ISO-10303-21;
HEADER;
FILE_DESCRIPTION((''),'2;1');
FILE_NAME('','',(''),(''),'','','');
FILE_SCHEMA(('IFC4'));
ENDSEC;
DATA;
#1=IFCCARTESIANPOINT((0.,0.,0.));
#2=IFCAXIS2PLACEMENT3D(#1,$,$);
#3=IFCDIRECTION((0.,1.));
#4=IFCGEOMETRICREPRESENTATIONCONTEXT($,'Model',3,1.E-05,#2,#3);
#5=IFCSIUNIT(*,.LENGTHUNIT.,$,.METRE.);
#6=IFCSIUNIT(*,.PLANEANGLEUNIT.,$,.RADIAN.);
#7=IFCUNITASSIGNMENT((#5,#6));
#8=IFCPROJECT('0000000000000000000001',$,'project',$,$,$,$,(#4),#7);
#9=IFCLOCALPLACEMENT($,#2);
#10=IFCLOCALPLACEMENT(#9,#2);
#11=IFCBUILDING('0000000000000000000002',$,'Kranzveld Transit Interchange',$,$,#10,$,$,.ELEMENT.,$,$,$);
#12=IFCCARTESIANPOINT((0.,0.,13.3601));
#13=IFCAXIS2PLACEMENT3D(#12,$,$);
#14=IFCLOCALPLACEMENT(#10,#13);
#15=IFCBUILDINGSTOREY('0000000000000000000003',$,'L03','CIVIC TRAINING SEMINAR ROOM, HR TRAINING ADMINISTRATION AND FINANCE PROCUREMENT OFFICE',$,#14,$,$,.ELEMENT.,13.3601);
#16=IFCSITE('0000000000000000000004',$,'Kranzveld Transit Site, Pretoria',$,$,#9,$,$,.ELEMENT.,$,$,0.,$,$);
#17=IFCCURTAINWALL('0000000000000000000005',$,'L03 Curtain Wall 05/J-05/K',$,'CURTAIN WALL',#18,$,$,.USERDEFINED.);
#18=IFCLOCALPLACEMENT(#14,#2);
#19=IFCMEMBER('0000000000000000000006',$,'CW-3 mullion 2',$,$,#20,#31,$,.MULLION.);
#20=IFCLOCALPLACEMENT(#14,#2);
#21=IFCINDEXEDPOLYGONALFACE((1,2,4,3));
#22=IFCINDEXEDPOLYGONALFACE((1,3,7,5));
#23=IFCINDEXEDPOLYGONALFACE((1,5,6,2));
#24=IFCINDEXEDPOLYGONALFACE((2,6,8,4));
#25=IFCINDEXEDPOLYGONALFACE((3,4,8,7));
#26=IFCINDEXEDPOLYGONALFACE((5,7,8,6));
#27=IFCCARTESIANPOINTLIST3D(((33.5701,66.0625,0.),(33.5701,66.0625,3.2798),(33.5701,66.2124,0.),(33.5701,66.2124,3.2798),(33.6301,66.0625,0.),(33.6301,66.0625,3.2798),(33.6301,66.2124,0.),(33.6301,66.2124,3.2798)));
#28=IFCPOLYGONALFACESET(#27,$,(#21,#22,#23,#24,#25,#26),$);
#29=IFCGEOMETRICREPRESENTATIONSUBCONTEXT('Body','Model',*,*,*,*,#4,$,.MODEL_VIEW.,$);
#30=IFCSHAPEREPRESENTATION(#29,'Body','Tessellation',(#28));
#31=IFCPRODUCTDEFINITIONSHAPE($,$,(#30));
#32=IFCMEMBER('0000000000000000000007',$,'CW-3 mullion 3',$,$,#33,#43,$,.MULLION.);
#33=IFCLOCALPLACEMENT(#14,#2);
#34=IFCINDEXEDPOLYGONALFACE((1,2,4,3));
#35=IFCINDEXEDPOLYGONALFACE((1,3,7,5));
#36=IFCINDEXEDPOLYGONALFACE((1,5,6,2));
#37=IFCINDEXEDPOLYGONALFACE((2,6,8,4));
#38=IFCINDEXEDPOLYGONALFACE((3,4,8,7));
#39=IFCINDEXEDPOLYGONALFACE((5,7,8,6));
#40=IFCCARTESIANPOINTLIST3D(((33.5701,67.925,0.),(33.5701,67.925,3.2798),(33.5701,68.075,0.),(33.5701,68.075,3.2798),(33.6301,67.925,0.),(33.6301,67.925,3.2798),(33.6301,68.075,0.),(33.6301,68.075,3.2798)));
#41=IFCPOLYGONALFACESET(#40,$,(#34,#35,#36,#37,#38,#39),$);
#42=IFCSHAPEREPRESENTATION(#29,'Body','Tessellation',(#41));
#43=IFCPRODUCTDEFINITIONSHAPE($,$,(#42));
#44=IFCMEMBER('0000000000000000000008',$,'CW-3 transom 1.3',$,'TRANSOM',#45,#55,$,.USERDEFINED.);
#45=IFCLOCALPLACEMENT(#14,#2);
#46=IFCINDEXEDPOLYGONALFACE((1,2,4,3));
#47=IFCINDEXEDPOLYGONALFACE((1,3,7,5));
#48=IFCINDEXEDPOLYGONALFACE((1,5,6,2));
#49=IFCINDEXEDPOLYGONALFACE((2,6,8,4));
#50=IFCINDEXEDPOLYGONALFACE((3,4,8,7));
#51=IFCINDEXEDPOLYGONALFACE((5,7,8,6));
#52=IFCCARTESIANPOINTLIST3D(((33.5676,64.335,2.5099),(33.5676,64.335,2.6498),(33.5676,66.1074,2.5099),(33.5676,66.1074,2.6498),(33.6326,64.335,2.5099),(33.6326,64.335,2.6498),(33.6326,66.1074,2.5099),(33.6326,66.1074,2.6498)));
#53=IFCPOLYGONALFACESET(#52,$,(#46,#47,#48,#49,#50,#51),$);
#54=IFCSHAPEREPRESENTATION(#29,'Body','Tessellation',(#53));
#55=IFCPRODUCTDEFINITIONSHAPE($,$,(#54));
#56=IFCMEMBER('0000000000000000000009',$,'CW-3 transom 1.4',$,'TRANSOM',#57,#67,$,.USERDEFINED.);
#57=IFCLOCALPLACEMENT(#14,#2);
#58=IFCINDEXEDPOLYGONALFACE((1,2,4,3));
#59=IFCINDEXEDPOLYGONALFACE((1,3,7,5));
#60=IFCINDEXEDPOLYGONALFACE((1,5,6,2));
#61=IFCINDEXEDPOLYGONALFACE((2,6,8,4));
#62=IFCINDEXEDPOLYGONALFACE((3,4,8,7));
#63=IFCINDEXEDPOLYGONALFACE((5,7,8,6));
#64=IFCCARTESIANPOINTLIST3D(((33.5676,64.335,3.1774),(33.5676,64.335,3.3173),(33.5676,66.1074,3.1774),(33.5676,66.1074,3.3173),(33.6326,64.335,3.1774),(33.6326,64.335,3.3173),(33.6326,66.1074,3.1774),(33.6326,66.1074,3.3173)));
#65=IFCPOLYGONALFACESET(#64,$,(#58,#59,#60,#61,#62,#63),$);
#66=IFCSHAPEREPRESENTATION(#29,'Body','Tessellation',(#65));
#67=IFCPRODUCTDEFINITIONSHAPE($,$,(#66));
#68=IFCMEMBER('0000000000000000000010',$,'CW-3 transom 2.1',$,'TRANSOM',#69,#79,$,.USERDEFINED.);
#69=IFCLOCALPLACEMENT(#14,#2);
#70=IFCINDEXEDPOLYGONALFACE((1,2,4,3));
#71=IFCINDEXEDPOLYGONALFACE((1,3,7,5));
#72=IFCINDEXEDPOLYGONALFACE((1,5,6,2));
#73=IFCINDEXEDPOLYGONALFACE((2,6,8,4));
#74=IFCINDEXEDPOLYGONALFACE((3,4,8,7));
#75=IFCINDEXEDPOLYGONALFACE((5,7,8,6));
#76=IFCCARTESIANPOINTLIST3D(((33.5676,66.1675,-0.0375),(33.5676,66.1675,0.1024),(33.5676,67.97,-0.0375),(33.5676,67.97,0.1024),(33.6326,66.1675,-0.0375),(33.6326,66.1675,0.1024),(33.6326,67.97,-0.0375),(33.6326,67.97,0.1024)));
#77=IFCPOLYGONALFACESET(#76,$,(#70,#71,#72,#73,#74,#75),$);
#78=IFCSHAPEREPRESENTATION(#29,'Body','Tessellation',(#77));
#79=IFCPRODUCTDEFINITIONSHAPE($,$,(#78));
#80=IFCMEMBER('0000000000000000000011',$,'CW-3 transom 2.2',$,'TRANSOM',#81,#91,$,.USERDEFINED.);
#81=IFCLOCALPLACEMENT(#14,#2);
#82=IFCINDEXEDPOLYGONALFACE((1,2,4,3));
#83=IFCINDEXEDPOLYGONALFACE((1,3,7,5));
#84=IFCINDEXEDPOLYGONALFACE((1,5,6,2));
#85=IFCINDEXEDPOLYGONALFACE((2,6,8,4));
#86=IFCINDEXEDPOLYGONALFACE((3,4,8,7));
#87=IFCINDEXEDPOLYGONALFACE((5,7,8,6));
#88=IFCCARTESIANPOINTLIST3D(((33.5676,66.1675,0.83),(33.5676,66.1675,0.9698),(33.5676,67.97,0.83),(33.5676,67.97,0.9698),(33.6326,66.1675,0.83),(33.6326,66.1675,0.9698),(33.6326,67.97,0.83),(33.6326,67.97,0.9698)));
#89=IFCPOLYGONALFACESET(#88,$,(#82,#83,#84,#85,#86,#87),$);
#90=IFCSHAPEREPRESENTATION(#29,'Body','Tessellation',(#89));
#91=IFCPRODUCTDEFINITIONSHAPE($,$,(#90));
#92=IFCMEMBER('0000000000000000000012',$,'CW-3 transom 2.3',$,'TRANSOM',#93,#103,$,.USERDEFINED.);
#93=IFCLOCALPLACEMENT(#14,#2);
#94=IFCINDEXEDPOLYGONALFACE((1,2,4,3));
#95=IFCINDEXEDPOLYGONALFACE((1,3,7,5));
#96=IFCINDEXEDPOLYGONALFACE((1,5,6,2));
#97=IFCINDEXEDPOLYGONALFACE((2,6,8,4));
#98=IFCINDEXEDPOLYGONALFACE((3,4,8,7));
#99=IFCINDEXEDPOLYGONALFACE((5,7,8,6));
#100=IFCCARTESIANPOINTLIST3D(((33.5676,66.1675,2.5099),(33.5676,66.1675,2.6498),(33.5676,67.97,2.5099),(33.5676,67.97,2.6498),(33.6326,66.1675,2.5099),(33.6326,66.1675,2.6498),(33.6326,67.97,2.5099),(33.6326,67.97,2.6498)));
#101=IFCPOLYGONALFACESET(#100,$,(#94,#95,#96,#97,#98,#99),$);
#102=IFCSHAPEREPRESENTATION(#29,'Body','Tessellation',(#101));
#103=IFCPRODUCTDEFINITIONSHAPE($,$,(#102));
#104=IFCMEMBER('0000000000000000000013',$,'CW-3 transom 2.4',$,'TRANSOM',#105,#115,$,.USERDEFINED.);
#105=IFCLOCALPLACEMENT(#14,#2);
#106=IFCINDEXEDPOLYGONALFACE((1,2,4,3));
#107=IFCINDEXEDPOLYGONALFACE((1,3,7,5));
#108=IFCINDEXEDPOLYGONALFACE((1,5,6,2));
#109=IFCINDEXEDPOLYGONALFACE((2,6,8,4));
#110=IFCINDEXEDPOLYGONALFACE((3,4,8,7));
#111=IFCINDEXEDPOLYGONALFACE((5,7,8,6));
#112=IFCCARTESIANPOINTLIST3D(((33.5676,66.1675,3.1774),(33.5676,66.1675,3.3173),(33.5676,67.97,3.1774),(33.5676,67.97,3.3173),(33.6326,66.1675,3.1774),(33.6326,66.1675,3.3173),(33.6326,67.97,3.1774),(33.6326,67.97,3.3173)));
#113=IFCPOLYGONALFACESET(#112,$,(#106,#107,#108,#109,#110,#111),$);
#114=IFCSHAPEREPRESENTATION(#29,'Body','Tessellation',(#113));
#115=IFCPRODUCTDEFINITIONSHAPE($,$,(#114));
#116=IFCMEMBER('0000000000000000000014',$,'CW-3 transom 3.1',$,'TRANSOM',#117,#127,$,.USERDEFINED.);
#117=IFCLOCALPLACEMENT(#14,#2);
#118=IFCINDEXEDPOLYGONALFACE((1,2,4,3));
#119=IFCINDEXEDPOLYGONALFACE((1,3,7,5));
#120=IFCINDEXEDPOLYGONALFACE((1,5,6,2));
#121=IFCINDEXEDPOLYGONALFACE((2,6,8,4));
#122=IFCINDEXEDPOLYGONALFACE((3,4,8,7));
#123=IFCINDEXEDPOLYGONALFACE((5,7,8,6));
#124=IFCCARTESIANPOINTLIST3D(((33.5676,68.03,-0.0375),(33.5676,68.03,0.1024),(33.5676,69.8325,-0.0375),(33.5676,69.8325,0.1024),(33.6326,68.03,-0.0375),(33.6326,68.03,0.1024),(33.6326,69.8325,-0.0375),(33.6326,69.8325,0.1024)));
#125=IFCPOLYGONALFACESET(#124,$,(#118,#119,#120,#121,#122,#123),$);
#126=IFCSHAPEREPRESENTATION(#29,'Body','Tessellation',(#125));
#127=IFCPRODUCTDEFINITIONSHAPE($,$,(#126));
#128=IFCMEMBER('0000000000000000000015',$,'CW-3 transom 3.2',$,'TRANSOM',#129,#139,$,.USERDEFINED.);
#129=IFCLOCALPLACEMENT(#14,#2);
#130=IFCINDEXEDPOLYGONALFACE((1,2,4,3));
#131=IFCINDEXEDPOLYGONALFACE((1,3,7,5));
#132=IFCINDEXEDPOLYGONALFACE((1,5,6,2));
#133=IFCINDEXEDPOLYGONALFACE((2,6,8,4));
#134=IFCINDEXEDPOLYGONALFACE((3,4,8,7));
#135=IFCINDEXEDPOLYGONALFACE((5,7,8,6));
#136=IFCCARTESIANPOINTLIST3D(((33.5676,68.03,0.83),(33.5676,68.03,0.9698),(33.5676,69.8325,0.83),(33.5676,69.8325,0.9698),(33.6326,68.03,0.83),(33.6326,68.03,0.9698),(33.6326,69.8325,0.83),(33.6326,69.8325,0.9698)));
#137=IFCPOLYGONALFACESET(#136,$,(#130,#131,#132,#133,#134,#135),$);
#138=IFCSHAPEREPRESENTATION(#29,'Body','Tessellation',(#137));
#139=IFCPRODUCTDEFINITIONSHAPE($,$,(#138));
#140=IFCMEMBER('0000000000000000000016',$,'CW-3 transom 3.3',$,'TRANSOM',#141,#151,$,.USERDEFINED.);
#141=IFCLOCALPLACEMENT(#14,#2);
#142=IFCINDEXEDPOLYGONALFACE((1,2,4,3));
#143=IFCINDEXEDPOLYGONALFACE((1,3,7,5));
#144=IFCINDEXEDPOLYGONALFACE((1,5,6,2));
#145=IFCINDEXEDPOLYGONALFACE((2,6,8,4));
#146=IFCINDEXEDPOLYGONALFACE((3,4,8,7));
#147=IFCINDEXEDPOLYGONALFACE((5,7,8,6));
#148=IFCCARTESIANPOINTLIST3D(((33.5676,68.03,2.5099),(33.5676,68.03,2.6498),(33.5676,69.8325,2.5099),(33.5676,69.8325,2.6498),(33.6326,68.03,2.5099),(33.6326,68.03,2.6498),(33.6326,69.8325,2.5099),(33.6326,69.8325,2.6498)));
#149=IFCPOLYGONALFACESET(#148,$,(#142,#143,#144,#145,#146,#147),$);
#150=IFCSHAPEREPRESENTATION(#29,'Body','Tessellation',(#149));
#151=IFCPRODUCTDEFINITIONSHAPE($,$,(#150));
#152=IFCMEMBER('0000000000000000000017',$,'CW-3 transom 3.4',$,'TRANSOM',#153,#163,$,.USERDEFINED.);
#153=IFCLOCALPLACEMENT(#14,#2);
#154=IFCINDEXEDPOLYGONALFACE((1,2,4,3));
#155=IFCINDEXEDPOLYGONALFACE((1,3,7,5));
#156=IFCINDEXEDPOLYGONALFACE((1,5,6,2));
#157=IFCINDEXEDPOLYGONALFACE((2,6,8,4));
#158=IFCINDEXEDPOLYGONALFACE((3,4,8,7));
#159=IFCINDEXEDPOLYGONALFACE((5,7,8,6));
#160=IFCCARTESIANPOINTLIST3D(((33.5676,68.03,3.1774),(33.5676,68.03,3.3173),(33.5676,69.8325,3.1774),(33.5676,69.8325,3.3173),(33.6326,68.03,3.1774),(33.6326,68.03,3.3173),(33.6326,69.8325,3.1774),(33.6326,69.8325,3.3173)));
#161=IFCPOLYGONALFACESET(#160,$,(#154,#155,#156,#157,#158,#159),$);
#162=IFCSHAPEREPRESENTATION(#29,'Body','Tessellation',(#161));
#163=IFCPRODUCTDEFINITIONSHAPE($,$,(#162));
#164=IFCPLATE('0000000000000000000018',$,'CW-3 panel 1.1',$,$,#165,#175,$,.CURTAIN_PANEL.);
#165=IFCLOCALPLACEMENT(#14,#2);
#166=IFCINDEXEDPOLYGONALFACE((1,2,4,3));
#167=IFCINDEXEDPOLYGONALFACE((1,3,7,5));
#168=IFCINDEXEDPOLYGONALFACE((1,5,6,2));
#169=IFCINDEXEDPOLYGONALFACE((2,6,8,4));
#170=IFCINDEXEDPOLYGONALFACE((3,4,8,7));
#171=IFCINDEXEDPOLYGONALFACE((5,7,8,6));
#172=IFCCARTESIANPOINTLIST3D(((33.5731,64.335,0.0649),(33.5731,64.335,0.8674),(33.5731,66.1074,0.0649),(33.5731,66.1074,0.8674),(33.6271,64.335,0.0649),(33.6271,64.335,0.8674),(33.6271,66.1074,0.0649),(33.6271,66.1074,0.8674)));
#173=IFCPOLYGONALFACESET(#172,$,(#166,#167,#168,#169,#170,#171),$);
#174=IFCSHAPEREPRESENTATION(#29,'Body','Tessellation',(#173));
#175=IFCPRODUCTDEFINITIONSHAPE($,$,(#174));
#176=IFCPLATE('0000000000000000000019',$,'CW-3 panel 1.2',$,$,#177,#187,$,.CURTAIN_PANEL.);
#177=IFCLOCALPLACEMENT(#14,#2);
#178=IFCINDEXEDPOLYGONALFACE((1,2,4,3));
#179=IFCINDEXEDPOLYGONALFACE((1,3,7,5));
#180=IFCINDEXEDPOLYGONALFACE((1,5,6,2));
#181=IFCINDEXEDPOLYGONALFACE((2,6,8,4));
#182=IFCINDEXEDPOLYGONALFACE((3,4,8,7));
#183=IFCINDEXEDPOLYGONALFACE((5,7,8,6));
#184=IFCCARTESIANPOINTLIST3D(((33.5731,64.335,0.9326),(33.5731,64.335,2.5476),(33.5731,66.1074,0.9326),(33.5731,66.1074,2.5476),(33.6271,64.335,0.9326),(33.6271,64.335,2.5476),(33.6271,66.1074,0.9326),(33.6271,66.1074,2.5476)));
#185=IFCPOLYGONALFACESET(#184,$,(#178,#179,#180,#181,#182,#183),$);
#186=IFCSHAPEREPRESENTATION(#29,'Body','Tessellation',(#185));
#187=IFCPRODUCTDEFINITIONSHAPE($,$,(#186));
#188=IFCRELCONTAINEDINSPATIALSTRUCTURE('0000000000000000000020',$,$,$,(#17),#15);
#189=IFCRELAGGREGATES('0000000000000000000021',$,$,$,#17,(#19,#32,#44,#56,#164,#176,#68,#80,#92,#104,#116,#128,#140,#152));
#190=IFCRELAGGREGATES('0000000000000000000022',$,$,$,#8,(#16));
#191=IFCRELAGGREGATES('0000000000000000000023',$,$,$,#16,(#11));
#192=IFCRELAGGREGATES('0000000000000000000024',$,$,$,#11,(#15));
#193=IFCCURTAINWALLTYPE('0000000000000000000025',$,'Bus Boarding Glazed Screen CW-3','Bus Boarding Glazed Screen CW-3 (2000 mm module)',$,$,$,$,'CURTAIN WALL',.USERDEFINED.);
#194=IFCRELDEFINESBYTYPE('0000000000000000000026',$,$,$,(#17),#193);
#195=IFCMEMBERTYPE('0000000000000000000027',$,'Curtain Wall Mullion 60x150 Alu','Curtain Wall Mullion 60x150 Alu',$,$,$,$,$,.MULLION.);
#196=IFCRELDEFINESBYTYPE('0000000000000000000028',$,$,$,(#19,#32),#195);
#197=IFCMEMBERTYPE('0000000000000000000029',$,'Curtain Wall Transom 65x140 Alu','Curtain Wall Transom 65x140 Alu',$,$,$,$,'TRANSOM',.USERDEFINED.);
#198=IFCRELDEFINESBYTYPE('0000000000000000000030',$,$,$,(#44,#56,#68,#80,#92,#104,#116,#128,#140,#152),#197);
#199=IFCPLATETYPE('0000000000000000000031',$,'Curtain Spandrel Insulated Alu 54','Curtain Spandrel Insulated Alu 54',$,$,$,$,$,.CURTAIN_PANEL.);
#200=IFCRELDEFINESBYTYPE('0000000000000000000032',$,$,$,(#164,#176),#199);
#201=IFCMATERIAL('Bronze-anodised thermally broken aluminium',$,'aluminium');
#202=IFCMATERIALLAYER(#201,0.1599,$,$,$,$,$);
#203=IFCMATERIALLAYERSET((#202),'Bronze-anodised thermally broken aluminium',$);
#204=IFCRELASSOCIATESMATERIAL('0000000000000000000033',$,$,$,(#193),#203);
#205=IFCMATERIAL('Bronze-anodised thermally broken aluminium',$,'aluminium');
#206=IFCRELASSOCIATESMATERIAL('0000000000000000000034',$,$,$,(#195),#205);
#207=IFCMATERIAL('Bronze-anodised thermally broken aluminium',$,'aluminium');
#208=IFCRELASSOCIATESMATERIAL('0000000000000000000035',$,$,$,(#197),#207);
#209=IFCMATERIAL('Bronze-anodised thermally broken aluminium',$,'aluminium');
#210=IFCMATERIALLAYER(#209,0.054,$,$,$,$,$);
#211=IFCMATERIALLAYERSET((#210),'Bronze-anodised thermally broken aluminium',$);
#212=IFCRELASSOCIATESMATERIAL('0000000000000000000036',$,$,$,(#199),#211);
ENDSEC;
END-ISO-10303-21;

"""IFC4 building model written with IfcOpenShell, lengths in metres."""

from ifc_helpers import new_model, si_unit, direction, frame, origin, origin_2d, place, context, subcontext, project, spatial, rectangle, extrude, material, layer, layer_set, material_profile, profile_set, type_object, element, aggregate, save


model = new_model("IFC4")

# Units and contexts
model_context = context("Model", 3, precision=1e-05, world=origin(), true_north=direction((0.0, 1.0)))
body_context = subcontext(model_context, "Body", "Model", "MODEL_VIEW")
ifc_project = project(units=[si_unit("LENGTHUNIT", "METRE"), si_unit("PLANEANGLEUNIT", "RADIAN")], contexts=[model_context])

# Site, building, storey
site_placement = place(None, origin())
site = spatial("IfcSite", under=ifc_project, at=site_placement, Name="Kranzveld Transit Site, Pretoria", CompositionType="ELEMENT", RefElevation=0.0)
building_placement = place(site_placement, origin())
building = spatial("IfcBuilding", under=site, at=building_placement, Name="Kranzveld Transit Interchange", CompositionType="ELEMENT")
storey_placement = place(building_placement, frame((0.0, 0.0, 13.3601)))
storey = spatial("IfcBuildingStorey", under=building, at=storey_placement, Name="L03", Description="CIVIC TRAINING SEMINAR ROOM, HR TRAINING ADMINISTRATION AND FINANCE PROCUREMENT OFFICE", CompositionType="ELEMENT", Elevation=13.3601)

# Curtain wall, members, plates
ifc_material_1 = material(Name="Bronze-anodised thermally broken aluminium", Category="aluminium")
ifc_layer_1 = layer(ifc_material_1, 0.1599)
ifc_layer_set_1 = layer_set([ifc_layer_1], Name="Bronze-anodised thermally broken aluminium")
curtain_wall_type = type_object("IfcCurtainWallType", Name="Bus Boarding Glazed Screen CW-3", Description="Bus Boarding Glazed Screen CW-3 (2000 mm module)", ElementType="CURTAIN WALL", PredefinedType="USERDEFINED", material=ifc_layer_set_1)
curtain_wall_placement = place(storey_placement, origin())
curtain_wall = element("IfcCurtainWall", 1, at=curtain_wall_placement, inside=storey, type_object=curtain_wall_type, Name="L03 Curtain Wall 05/J-05/K", ObjectType="CURTAIN WALL", PredefinedType="USERDEFINED")
ifc_material_2 = material(Name="Bronze-anodised thermally broken aluminium", Category="aluminium")
ifc_material_profile_1 = material_profile(ifc_material_2, rectangle(XDim=0.0601, YDim=0.1499, at=origin_2d()), Name="ALU MULLION 60x150")
ifc_profile_set_1 = profile_set([ifc_material_profile_1], Name="Bronze-anodised thermally broken aluminium")
member_type_1 = type_object("IfcMemberType", Name="Curtain Wall Mullion 60x150 Alu", Description="Curtain Wall Mullion 60x150 Alu", PredefinedType="MULLION", material=ifc_profile_set_1)
member_1_placement = place(storey_placement, frame((33.6001, 66.1375, 0.0), z_axis=(0.0, 0.0, 1.0), x_axis=(-1.0, 0.0, 0.0)))
member_1 = element("IfcMember", 2, at=member_1_placement, type_object=member_type_1, Name="CW-3 mullion 2", PredefinedType="MULLION", context=body_context, shape_type="SweptSolid", body=[
    extrude(rectangle(XDim=0.0601, YDim=0.1499, at=origin_2d()), origin(), (0.0, 0.0, 1.0), 3.2798),
])
member_2_placement = place(storey_placement, frame((33.6001, 68.0, 0.0), z_axis=(0.0, 0.0, 1.0), x_axis=(-1.0, 0.0, 0.0)))
member_2 = element("IfcMember", 3, at=member_2_placement, type_object=member_type_1, Name="CW-3 mullion 3", PredefinedType="MULLION", context=body_context, shape_type="SweptSolid", body=[
    extrude(rectangle(XDim=0.0601, YDim=0.1499, at=origin_2d()), origin(), (0.0, 0.0, 1.0), 3.2798),
])
ifc_material_3 = material(Name="Bronze-anodised thermally broken aluminium", Category="aluminium")
ifc_material_profile_2 = material_profile(ifc_material_3, rectangle(XDim=0.0649, YDim=0.1399, at=origin_2d()), Name="ALU TRANSOM 65x140")
ifc_profile_set_2 = profile_set([ifc_material_profile_2], Name="Bronze-anodised thermally broken aluminium")
member_type_2 = type_object("IfcMemberType", Name="Curtain Wall Transom 65x140 Alu", Description="Curtain Wall Transom 65x140 Alu", ElementType="TRANSOM", PredefinedType="USERDEFINED", material=ifc_profile_set_2)
member_3_placement = place(storey_placement, frame((33.6001, 64.335, 2.5798), z_axis=(0.0, 1.0, 0.0), x_axis=(-1.0, 0.0, 0.0)))
member_3 = element("IfcMember", 4, at=member_3_placement, type_object=member_type_2, Name="CW-3 transom 1.3", ObjectType="TRANSOM", PredefinedType="USERDEFINED", context=body_context, shape_type="SweptSolid", body=[
    extrude(rectangle(XDim=0.0649, YDim=0.1399, at=origin_2d()), origin(), (0.0, 0.0, 1.0), 1.7725),
])
member_4_placement = place(storey_placement, frame((33.6001, 64.335, 3.2473), z_axis=(0.0, 1.0, 0.0), x_axis=(-1.0, 0.0, 0.0)))
member_4 = element("IfcMember", 5, at=member_4_placement, type_object=member_type_2, Name="CW-3 transom 1.4", ObjectType="TRANSOM", PredefinedType="USERDEFINED", context=body_context, shape_type="SweptSolid", body=[
    extrude(rectangle(XDim=0.0649, YDim=0.1399, at=origin_2d()), origin(), (0.0, 0.0, 1.0), 1.7725),
])
member_5_placement = place(storey_placement, frame((33.6001, 66.1675, 0.0325), z_axis=(0.0, 1.0, 0.0), x_axis=(-1.0, 0.0, 0.0)))
member_5 = element("IfcMember", 6, at=member_5_placement, type_object=member_type_2, Name="CW-3 transom 2.1", ObjectType="TRANSOM", PredefinedType="USERDEFINED", context=body_context, shape_type="SweptSolid", body=[
    extrude(rectangle(XDim=0.0649, YDim=0.1399, at=origin_2d()), origin(), (0.0, 0.0, 1.0), 1.8025),
])
member_6_placement = place(storey_placement, frame((33.6001, 66.1675, 0.8999), z_axis=(0.0, 1.0, 0.0), x_axis=(-1.0, 0.0, 0.0)))
member_6 = element("IfcMember", 7, at=member_6_placement, type_object=member_type_2, Name="CW-3 transom 2.2", ObjectType="TRANSOM", PredefinedType="USERDEFINED", context=body_context, shape_type="SweptSolid", body=[
    extrude(rectangle(XDim=0.0649, YDim=0.1399, at=origin_2d()), origin(), (0.0, 0.0, 1.0), 1.8025),
])
member_7_placement = place(storey_placement, frame((33.6001, 66.1675, 2.5798), z_axis=(0.0, 1.0, 0.0), x_axis=(-1.0, 0.0, 0.0)))
member_7 = element("IfcMember", 8, at=member_7_placement, type_object=member_type_2, Name="CW-3 transom 2.3", ObjectType="TRANSOM", PredefinedType="USERDEFINED", context=body_context, shape_type="SweptSolid", body=[
    extrude(rectangle(XDim=0.0649, YDim=0.1399, at=origin_2d()), origin(), (0.0, 0.0, 1.0), 1.8025),
])
member_8_placement = place(storey_placement, frame((33.6001, 66.1675, 3.2473), z_axis=(0.0, 1.0, 0.0), x_axis=(-1.0, 0.0, 0.0)))
member_8 = element("IfcMember", 9, at=member_8_placement, type_object=member_type_2, Name="CW-3 transom 2.4", ObjectType="TRANSOM", PredefinedType="USERDEFINED", context=body_context, shape_type="SweptSolid", body=[
    extrude(rectangle(XDim=0.0649, YDim=0.1399, at=origin_2d()), origin(), (0.0, 0.0, 1.0), 1.8025),
])
member_9_placement = place(storey_placement, frame((33.6001, 68.03, 0.0325), z_axis=(0.0, 1.0, 0.0), x_axis=(-1.0, 0.0, 0.0)))
member_9 = element("IfcMember", 10, at=member_9_placement, type_object=member_type_2, Name="CW-3 transom 3.1", ObjectType="TRANSOM", PredefinedType="USERDEFINED", context=body_context, shape_type="SweptSolid", body=[
    extrude(rectangle(XDim=0.0649, YDim=0.1399, at=origin_2d()), origin(), (0.0, 0.0, 1.0), 1.8025),
])
member_10_placement = place(storey_placement, frame((33.6001, 68.03, 0.8999), z_axis=(0.0, 1.0, 0.0), x_axis=(-1.0, 0.0, 0.0)))
member_10 = element("IfcMember", 11, at=member_10_placement, type_object=member_type_2, Name="CW-3 transom 3.2", ObjectType="TRANSOM", PredefinedType="USERDEFINED", context=body_context, shape_type="SweptSolid", body=[
    extrude(rectangle(XDim=0.0649, YDim=0.1399, at=origin_2d()), origin(), (0.0, 0.0, 1.0), 1.8025),
])
member_11_placement = place(storey_placement, frame((33.6001, 68.03, 2.5798), z_axis=(0.0, 1.0, 0.0), x_axis=(-1.0, 0.0, 0.0)))
member_11 = element("IfcMember", 12, at=member_11_placement, type_object=member_type_2, Name="CW-3 transom 3.3", ObjectType="TRANSOM", PredefinedType="USERDEFINED", context=body_context, shape_type="SweptSolid", body=[
    extrude(rectangle(XDim=0.0649, YDim=0.1399, at=origin_2d()), origin(), (0.0, 0.0, 1.0), 1.8025),
])
member_12_placement = place(storey_placement, frame((33.6001, 68.03, 3.2473), z_axis=(0.0, 1.0, 0.0), x_axis=(-1.0, 0.0, 0.0)))
member_12 = element("IfcMember", 13, at=member_12_placement, type_object=member_type_2, Name="CW-3 transom 3.4", ObjectType="TRANSOM", PredefinedType="USERDEFINED", context=body_context, shape_type="SweptSolid", body=[
    extrude(rectangle(XDim=0.0649, YDim=0.1399, at=origin_2d()), origin(), (0.0, 0.0, 1.0), 1.8025),
])
ifc_material_4 = material(Name="Bronze-anodised thermally broken aluminium", Category="aluminium")
ifc_layer_2 = layer(ifc_material_4, 0.054)
ifc_layer_set_2 = layer_set([ifc_layer_2], Name="Bronze-anodised thermally broken aluminium")
plate_type = type_object("IfcPlateType", Name="Curtain Spandrel Insulated Alu 54", Description="Curtain Spandrel Insulated Alu 54", PredefinedType="CURTAIN_PANEL", material=ifc_layer_set_2)
plate_1_placement = place(storey_placement, frame((33.6001, 65.2212, 0.0649), z_axis=(0.0, 0.0, 1.0), x_axis=(0.0, 1.0, 0.0)))
plate_1 = element("IfcPlate", 14, at=plate_1_placement, type_object=plate_type, Name="CW-3 panel 1.1", PredefinedType="CURTAIN_PANEL", context=body_context, shape_type="SweptSolid", body=[
    extrude(rectangle(XDim=1.7725, YDim=0.054, at=origin_2d()), origin(), (0.0, 0.0, 1.0), 0.8025),
])
plate_2_placement = place(storey_placement, frame((33.6001, 65.2212, 0.9326), z_axis=(0.0, 0.0, 1.0), x_axis=(0.0, 1.0, 0.0)))
plate_2 = element("IfcPlate", 15, at=plate_2_placement, type_object=plate_type, Name="CW-3 panel 1.2", PredefinedType="CURTAIN_PANEL", context=body_context, shape_type="SweptSolid", body=[
    extrude(rectangle(XDim=1.7725, YDim=0.054, at=origin_2d()), origin(), (0.0, 0.0, 1.0), 1.615),
])
aggregate(curtain_wall, [member_1, member_2, member_3, member_4, plate_1, plate_2, member_5, member_6, member_7, member_8, member_9, member_10, member_11, member_12])

save(model, "model.ifc")
